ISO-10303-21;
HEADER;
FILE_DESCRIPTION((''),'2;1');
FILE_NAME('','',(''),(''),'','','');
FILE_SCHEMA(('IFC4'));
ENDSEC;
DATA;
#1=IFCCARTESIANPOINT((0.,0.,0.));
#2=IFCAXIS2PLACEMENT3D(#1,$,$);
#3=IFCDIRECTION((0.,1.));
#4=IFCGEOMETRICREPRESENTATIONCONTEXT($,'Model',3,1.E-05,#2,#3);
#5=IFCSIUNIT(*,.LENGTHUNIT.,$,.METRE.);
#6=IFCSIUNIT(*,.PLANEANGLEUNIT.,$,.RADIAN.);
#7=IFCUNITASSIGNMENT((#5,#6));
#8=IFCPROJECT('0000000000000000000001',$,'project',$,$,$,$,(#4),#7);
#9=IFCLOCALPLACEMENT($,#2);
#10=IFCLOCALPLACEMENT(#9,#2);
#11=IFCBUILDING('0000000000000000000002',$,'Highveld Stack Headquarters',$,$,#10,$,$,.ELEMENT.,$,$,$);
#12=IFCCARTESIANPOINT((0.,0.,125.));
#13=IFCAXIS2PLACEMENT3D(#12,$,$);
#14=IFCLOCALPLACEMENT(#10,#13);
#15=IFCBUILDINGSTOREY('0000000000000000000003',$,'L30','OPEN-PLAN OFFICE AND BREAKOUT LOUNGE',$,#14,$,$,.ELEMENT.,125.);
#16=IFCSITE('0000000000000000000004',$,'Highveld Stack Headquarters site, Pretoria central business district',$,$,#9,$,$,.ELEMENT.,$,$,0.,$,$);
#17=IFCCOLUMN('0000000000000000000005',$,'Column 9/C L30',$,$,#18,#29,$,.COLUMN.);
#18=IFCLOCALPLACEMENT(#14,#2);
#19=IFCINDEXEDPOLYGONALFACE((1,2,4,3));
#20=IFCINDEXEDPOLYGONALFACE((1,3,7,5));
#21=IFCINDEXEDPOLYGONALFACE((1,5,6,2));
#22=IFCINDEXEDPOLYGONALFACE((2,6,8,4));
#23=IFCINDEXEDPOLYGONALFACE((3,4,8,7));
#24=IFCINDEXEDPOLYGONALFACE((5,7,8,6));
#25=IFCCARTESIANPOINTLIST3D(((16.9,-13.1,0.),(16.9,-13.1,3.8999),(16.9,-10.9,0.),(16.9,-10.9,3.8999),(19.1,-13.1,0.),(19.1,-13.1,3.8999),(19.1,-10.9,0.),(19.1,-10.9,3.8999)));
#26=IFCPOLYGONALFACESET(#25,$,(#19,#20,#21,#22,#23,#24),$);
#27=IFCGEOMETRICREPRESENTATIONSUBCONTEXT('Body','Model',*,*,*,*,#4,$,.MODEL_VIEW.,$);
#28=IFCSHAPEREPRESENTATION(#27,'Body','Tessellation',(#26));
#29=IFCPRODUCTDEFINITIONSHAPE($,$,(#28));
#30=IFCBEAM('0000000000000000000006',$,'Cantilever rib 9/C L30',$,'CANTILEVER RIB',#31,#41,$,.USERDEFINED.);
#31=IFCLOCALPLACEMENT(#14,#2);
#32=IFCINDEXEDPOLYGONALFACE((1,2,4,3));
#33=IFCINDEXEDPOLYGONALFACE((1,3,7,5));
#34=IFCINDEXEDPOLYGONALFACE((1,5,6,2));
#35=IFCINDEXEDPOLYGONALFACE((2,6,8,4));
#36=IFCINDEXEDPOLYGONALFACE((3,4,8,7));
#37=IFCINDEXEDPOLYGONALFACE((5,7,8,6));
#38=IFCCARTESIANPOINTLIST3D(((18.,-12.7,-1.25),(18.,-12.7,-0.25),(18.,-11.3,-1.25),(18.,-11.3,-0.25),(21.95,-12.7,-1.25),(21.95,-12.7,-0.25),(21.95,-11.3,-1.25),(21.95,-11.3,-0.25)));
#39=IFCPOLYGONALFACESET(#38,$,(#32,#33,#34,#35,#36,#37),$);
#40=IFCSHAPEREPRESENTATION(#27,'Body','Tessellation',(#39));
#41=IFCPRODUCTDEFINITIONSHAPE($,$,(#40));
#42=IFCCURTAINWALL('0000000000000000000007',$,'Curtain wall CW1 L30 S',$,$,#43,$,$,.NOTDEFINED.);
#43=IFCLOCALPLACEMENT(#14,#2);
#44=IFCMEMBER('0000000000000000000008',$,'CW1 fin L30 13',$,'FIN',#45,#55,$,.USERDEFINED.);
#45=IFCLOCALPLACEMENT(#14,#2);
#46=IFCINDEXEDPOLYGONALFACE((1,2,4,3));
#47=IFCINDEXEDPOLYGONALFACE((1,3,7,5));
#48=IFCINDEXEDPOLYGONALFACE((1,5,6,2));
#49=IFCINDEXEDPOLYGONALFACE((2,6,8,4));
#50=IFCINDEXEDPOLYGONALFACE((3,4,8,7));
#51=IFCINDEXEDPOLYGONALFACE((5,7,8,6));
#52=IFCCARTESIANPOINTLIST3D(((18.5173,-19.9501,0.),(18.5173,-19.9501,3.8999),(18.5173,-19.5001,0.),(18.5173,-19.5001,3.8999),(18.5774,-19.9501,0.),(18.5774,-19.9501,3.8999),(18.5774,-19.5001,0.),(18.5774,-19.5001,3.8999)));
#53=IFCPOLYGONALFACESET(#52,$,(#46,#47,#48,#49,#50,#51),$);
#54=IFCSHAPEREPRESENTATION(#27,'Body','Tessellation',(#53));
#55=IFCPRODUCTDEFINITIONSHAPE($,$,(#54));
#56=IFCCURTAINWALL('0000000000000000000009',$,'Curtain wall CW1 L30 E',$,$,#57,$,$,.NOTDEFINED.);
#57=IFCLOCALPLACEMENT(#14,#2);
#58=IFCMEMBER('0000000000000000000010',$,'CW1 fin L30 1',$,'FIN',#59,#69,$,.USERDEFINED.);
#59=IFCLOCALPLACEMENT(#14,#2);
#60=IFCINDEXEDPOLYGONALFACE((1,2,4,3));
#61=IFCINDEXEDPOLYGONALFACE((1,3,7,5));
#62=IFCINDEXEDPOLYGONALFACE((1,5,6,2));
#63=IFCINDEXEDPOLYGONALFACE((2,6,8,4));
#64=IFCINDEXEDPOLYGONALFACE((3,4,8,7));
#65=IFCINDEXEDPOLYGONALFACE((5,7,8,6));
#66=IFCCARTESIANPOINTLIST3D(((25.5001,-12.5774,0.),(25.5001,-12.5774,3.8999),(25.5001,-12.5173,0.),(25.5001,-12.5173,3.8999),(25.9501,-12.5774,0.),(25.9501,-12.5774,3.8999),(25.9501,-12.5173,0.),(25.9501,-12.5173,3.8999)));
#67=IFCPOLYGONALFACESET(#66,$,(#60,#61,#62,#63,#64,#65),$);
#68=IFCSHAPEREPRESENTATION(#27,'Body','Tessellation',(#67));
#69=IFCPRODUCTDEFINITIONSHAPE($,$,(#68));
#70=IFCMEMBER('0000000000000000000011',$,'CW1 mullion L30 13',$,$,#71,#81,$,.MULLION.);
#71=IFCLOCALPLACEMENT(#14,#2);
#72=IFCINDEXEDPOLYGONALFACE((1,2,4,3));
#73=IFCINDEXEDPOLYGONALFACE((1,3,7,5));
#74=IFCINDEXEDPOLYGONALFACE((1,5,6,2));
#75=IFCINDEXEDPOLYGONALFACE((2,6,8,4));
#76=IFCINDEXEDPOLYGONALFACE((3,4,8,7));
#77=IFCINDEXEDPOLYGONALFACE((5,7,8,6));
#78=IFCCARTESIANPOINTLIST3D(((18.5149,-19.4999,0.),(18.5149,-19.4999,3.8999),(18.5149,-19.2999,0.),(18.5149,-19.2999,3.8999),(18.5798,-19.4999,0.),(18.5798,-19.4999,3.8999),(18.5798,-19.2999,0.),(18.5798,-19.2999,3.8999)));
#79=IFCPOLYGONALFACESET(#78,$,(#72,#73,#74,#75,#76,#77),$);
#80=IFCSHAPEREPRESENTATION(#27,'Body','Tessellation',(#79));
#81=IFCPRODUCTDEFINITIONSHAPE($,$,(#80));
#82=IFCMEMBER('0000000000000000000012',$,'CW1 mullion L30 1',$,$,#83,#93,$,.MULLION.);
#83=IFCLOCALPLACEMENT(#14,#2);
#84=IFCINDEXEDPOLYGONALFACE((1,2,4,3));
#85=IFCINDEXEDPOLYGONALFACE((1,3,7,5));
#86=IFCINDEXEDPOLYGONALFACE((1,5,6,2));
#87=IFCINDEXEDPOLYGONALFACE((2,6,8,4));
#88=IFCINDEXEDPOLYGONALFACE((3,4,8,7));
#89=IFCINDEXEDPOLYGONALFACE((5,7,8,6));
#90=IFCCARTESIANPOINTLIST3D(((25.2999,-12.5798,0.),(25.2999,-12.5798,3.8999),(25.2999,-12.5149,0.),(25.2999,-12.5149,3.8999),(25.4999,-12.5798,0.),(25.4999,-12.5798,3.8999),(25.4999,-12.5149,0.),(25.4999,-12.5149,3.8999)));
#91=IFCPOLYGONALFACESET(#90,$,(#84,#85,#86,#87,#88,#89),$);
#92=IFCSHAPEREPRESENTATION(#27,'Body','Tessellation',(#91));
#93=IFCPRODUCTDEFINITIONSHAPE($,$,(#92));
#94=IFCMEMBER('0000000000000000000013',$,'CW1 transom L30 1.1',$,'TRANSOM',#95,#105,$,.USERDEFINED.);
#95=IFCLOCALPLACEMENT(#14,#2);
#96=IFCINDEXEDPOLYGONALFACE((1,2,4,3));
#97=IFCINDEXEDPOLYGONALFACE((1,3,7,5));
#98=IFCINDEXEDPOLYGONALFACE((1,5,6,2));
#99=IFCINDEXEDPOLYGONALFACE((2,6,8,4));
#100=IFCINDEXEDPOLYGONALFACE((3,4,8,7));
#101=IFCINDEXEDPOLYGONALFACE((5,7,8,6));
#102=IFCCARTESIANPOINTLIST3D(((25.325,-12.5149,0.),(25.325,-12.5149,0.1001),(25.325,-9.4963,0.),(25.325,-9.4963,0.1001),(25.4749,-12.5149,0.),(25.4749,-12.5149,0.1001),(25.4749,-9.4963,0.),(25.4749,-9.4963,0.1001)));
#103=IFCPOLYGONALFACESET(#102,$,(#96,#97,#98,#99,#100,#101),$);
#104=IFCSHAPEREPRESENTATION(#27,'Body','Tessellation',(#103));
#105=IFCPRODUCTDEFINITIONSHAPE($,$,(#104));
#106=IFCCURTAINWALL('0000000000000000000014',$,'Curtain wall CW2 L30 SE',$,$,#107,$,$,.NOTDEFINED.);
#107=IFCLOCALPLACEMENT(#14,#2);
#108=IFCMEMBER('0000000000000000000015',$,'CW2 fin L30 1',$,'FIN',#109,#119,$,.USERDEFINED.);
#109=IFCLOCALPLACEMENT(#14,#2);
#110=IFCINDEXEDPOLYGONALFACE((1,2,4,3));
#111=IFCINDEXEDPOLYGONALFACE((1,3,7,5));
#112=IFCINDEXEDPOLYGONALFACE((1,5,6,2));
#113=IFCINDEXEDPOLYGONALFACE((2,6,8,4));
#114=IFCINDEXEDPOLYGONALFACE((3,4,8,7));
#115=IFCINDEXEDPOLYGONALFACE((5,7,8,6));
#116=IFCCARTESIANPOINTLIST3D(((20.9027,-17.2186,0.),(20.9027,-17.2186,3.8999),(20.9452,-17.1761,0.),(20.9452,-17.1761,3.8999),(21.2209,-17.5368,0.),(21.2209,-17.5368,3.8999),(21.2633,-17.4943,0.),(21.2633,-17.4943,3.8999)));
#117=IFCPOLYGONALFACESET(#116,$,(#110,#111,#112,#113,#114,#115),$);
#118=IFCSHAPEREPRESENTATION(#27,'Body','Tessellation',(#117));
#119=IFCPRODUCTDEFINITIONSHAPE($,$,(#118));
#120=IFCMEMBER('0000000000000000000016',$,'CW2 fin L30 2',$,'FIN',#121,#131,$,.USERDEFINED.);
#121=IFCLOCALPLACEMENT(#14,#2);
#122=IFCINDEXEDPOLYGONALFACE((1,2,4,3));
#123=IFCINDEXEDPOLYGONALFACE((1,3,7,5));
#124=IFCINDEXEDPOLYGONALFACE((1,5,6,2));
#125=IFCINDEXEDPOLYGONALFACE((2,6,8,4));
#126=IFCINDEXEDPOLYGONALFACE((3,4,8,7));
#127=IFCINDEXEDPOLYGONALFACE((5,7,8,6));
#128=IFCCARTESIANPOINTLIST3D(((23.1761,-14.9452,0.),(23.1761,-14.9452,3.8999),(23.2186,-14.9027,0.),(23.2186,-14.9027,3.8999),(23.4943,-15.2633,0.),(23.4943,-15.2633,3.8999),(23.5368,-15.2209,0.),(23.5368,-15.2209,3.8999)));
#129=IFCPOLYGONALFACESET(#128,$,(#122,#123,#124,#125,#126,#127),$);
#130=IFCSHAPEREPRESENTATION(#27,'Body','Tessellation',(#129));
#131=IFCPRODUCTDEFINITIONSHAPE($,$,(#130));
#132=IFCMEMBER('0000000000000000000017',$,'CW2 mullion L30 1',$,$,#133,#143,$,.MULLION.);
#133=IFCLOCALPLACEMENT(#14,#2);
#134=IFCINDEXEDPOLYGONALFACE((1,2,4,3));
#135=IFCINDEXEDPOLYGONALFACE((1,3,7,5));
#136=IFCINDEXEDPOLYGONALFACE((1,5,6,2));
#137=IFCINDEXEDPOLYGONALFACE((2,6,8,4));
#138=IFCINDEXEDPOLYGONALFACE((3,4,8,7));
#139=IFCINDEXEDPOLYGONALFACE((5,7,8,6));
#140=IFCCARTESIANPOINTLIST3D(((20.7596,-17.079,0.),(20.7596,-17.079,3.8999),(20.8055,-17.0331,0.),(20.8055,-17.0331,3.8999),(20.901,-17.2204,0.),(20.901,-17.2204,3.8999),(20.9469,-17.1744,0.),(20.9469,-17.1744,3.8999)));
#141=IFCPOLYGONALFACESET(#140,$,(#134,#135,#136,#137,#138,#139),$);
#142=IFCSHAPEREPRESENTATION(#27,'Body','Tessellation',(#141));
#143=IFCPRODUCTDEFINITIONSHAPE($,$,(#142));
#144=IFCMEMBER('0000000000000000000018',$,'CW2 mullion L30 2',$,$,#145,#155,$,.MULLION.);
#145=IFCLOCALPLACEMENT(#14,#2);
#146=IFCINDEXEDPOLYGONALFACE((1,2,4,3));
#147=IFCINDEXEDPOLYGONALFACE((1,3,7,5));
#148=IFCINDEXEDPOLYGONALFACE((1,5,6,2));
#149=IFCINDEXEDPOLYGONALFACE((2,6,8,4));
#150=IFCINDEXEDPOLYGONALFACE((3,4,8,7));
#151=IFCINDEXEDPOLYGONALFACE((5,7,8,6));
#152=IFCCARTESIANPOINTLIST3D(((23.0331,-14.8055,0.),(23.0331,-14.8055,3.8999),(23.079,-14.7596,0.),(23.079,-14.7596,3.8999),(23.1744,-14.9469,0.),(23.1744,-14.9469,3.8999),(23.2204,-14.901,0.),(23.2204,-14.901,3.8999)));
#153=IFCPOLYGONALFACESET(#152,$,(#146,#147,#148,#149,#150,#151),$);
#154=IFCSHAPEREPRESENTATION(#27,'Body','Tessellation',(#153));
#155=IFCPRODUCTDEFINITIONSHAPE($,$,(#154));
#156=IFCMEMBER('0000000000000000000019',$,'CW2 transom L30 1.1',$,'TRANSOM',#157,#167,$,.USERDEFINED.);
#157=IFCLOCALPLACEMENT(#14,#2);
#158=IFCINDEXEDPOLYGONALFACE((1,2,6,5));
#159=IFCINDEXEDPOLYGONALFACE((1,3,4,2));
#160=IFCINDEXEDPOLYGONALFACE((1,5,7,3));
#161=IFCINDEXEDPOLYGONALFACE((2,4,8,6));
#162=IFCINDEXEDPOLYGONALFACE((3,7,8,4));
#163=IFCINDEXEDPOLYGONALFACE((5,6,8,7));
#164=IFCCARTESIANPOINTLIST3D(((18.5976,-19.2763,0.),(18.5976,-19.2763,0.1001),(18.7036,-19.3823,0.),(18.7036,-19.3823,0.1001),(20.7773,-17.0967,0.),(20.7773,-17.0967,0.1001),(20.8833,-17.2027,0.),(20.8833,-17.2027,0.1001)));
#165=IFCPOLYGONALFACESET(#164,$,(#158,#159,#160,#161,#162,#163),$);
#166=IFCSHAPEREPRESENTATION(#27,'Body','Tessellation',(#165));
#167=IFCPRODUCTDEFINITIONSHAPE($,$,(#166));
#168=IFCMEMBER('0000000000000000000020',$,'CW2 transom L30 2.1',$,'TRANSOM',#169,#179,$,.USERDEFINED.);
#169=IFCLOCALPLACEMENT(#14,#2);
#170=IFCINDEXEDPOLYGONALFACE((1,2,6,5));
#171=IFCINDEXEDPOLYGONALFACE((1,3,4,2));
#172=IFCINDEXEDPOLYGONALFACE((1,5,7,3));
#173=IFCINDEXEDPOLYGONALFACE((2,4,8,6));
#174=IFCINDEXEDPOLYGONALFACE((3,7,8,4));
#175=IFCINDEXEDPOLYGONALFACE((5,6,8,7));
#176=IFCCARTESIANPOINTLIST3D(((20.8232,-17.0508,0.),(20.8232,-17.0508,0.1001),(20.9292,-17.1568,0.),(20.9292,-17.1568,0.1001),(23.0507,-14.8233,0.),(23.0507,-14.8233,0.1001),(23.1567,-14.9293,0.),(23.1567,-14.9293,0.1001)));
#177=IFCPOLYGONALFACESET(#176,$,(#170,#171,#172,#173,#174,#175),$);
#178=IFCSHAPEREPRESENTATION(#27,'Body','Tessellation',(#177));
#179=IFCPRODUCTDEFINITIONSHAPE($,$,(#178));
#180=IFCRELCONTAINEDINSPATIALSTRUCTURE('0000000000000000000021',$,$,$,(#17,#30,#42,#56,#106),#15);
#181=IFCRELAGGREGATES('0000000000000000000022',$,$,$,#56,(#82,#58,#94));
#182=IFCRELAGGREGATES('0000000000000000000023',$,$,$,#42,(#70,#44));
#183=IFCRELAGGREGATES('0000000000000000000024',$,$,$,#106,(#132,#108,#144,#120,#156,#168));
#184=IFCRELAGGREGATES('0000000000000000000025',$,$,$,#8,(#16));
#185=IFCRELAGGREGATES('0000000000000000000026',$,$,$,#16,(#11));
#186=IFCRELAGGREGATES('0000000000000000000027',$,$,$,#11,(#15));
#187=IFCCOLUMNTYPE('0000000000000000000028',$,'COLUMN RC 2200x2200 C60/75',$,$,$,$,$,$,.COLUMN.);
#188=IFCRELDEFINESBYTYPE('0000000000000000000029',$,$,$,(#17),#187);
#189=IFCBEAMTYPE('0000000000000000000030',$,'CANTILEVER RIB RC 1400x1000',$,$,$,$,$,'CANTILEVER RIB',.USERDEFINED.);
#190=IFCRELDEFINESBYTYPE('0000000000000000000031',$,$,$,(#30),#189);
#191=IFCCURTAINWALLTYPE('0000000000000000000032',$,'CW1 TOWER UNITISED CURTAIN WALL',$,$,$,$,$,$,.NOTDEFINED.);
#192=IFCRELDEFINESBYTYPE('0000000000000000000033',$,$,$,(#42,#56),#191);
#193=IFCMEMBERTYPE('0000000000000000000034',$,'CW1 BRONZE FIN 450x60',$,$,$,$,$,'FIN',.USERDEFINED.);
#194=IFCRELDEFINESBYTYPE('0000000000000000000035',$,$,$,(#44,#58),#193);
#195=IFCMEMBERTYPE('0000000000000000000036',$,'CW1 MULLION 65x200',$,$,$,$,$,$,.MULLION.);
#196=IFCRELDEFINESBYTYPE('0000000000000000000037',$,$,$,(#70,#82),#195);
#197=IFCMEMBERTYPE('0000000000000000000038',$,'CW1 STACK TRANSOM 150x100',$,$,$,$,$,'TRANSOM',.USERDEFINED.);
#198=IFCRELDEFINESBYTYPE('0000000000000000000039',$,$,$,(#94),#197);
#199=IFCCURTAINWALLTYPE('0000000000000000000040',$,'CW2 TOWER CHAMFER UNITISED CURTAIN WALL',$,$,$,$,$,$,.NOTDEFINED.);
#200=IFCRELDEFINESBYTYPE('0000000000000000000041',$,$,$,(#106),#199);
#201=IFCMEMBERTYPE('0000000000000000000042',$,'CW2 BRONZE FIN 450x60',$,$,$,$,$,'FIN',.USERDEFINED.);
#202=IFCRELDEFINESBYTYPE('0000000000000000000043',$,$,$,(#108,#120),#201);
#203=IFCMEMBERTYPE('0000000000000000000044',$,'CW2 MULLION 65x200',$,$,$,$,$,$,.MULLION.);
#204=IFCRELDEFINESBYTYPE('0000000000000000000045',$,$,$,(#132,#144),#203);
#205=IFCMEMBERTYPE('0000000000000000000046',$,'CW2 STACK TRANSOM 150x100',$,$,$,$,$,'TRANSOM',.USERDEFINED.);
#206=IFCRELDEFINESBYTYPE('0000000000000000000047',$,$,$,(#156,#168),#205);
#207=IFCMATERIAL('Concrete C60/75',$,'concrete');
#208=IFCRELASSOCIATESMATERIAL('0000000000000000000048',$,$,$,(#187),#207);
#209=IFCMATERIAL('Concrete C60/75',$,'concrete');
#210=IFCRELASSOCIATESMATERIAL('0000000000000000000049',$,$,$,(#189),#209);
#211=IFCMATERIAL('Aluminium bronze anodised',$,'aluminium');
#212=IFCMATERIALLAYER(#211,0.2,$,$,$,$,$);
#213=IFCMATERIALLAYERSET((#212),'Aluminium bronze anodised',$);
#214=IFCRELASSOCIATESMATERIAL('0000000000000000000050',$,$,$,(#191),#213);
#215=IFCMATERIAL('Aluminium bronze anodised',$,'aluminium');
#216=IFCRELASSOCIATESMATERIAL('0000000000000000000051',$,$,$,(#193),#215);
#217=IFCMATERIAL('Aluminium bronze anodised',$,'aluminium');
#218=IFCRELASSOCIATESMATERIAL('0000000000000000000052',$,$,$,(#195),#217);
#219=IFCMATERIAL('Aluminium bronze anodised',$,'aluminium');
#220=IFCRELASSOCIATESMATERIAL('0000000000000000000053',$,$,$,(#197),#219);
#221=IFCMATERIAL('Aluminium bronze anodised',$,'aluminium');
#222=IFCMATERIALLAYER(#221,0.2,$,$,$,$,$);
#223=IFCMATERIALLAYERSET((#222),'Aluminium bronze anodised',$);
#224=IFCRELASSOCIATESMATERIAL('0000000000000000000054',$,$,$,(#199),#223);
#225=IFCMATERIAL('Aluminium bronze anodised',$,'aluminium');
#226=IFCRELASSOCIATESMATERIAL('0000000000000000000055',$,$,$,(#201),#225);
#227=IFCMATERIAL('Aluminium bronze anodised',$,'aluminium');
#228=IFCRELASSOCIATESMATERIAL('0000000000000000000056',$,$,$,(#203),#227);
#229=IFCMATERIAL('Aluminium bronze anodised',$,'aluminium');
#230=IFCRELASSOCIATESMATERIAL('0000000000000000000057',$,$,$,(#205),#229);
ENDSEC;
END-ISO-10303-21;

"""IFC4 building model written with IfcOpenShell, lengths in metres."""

from ifc_helpers import new_model, si_unit, direction, frame, origin, origin_2d, place, context, subcontext, project, spatial, rectangle, extrude, material, layer, layer_set, material_profile, profile_set, type_object, element, aggregate, save


model = new_model("IFC4")

# Units and contexts
model_context = context("Model", 3, precision=1e-05, world=origin(), true_north=direction((0.0, 1.0)))
body_context = subcontext(model_context, "Body", "Model", "MODEL_VIEW")
ifc_project = project(units=[si_unit("LENGTHUNIT", "METRE"), si_unit("PLANEANGLEUNIT", "RADIAN")], contexts=[model_context])

# Site, building, storey
site_placement = place(None, origin())
site = spatial("IfcSite", under=ifc_project, at=site_placement, Name="Highveld Stack Headquarters site, Pretoria central business district", CompositionType="ELEMENT", RefElevation=0.0)
building_placement = place(site_placement, origin())
building = spatial("IfcBuilding", under=site, at=building_placement, Name="Highveld Stack Headquarters", CompositionType="ELEMENT")
storey_placement = place(building_placement, frame((0.0, 0.0, 125.0)))
storey = spatial("IfcBuildingStorey", under=building, at=storey_placement, Name="L30", Description="OPEN-PLAN OFFICE AND BREAKOUT LOUNGE", CompositionType="ELEMENT", Elevation=125.0)

# Column
ifc_material_1 = material(Name="Concrete C60/75", Category="concrete")
ifc_material_profile_1 = material_profile(ifc_material_1, rectangle(XDim=2.2, YDim=2.2, at=origin_2d()), Name="RC 2200x2200")
ifc_profile_set_1 = profile_set([ifc_material_profile_1], Name="Concrete C60/75")
column_type = type_object("IfcColumnType", Name="COLUMN RC 2200x2200 C60/75", PredefinedType="COLUMN", material=ifc_profile_set_1)
column_placement = place(storey_placement, frame((18.0, -12.0, 0.0), z_axis=(0.0, 0.0, 1.0), x_axis=(1.0, 0.0, 0.0)))
element("IfcColumn", 1, at=column_placement, inside=storey, type_object=column_type, Name="Column 9/C L30", PredefinedType="COLUMN", context=body_context, shape_type="SweptSolid", body=[
    extrude(rectangle(XDim=2.2, YDim=2.2, at=origin_2d()), origin(), (0.0, 0.0, 1.0), 3.8999),
])

# Beam
ifc_material_2 = material(Name="Concrete C60/75", Category="concrete")
ifc_material_profile_2 = material_profile(ifc_material_2, rectangle(XDim=1.3999, YDim=1.0, at=origin_2d()), Name="RC 1400x1000")
ifc_profile_set_2 = profile_set([ifc_material_profile_2], Name="Concrete C60/75")
beam_type = type_object("IfcBeamType", Name="CANTILEVER RIB RC 1400x1000", ElementType="CANTILEVER RIB", PredefinedType="USERDEFINED", material=ifc_profile_set_2)
beam_placement = place(storey_placement, frame((18.0, -12.0, -0.75), z_axis=(1.0, 0.0, 0.0), x_axis=(0.0, 1.0, 0.0)))
element("IfcBeam", 2, at=beam_placement, inside=storey, type_object=beam_type, Name="Cantilever rib 9/C L30", ObjectType="CANTILEVER RIB", PredefinedType="USERDEFINED", context=body_context, shape_type="SweptSolid", body=[
    extrude(rectangle(XDim=1.3999, YDim=1.0, at=origin_2d()), origin(), (0.0, 0.0, 1.0), 3.95),
])

# Curtain walls, members
ifc_material_3 = material(Name="Aluminium bronze anodised", Category="aluminium")
ifc_layer_1 = layer(ifc_material_3, 0.2)
ifc_layer_set_1 = layer_set([ifc_layer_1], Name="Aluminium bronze anodised")
curtain_wall_type_1 = type_object("IfcCurtainWallType", Name="CW1 TOWER UNITISED CURTAIN WALL", PredefinedType="NOTDEFINED", material=ifc_layer_set_1)
curtain_wall_1_placement = place(storey_placement, origin())
curtain_wall_1 = element("IfcCurtainWall", 3, at=curtain_wall_1_placement, inside=storey, type_object=curtain_wall_type_1, Name="Curtain wall CW1 L30 S", PredefinedType="NOTDEFINED")
ifc_material_4 = material(Name="Aluminium bronze anodised", Category="aluminium")
ifc_material_profile_3 = material_profile(ifc_material_4, rectangle(XDim=0.45, YDim=0.0601, at=origin_2d()), Name="FIN 450x60")
ifc_profile_set_3 = profile_set([ifc_material_profile_3], Name="Aluminium bronze anodised")
member_type_1 = type_object("IfcMemberType", Name="CW1 BRONZE FIN 450x60", ElementType="FIN", PredefinedType="USERDEFINED", material=ifc_profile_set_3)
member_1_placement = place(storey_placement, frame((18.5474, -19.7251, 0.0), z_axis=(0.0, 0.0, 1.0), x_axis=(0.0, 1.0, 0.0)))
member_1 = element("IfcMember", 4, at=member_1_placement, type_object=member_type_1, Name="CW1 fin L30 13", ObjectType="FIN", PredefinedType="USERDEFINED", context=body_context, shape_type="SweptSolid", body=[
    extrude(rectangle(XDim=0.45, YDim=0.0601, at=origin_2d()), origin(), (0.0, 0.0, 1.0), 3.8999),
])
curtain_wall_2_placement = place(storey_placement, origin())
curtain_wall_2 = element("IfcCurtainWall", 5, at=curtain_wall_2_placement, inside=storey, type_object=curtain_wall_type_1, Name="Curtain wall CW1 L30 E", PredefinedType="NOTDEFINED")
member_2_placement = place(storey_placement, frame((25.7251, -12.5474, 0.0), z_axis=(0.0, 0.0, 1.0), x_axis=(-1.0, 0.0, 0.0)))
member_2 = element("IfcMember", 6, at=member_2_placement, type_object=member_type_1, Name="CW1 fin L30 1", ObjectType="FIN", PredefinedType="USERDEFINED", context=body_context, shape_type="SweptSolid", body=[
    extrude(rectangle(XDim=0.45, YDim=0.0601, at=origin_2d()), origin(), (0.0, 0.0, 1.0), 3.8999),
])

# Members
ifc_material_5 = material(Name="Aluminium bronze anodised", Category="aluminium")
ifc_material_profile_4 = material_profile(ifc_material_5, rectangle(XDim=0.2, YDim=0.0649, at=origin_2d()), Name="CW1 MULLION 65x200")
ifc_profile_set_4 = profile_set([ifc_material_profile_4], Name="Aluminium bronze anodised")
member_type_2 = type_object("IfcMemberType", Name="CW1 MULLION 65x200", PredefinedType="MULLION", material=ifc_profile_set_4)
member_3_placement = place(storey_placement, frame((18.5474, -19.3999, 0.0), z_axis=(0.0, 0.0, 1.0), x_axis=(0.0, 1.0, 0.0)))
member_3 = element("IfcMember", 7, at=member_3_placement, type_object=member_type_2, Name="CW1 mullion L30 13", PredefinedType="MULLION", context=body_context, shape_type="SweptSolid", body=[
    extrude(rectangle(XDim=0.2, YDim=0.0649, at=origin_2d()), origin(), (0.0, 0.0, 1.0), 3.8999),
])
member_4_placement = place(storey_placement, frame((25.3999, -12.5474, 0.0), z_axis=(0.0, 0.0, 1.0), x_axis=(-1.0, 0.0, 0.0)))
member_4 = element("IfcMember", 8, at=member_4_placement, type_object=member_type_2, Name="CW1 mullion L30 1", PredefinedType="MULLION", context=body_context, shape_type="SweptSolid", body=[
    extrude(rectangle(XDim=0.2, YDim=0.0649, at=origin_2d()), origin(), (0.0, 0.0, 1.0), 3.8999),
])
ifc_material_6 = material(Name="Aluminium bronze anodised", Category="aluminium")
ifc_material_profile_5 = material_profile(ifc_material_6, rectangle(XDim=0.1499, YDim=0.1001, at=origin_2d()), Name="CW1 TRANSOM 150x100")
ifc_profile_set_5 = profile_set([ifc_material_profile_5], Name="Aluminium bronze anodised")
member_type_3 = type_object("IfcMemberType", Name="CW1 STACK TRANSOM 150x100", ElementType="TRANSOM", PredefinedType="USERDEFINED", material=ifc_profile_set_5)
member_5_placement = place(storey_placement, frame((25.3999, -12.5149, 0.05), z_axis=(0.0, 1.0, 0.0), x_axis=(-1.0, 0.0, 0.0)))
member_5 = element("IfcMember", 9, at=member_5_placement, type_object=member_type_3, Name="CW1 transom L30 1.1", ObjectType="TRANSOM", PredefinedType="USERDEFINED", context=body_context, shape_type="SweptSolid", body=[
    extrude(rectangle(XDim=0.1499, YDim=0.1001, at=origin_2d()), origin(), (0.0, 0.0, 1.0), 3.0186),
])
aggregate(curtain_wall_2, [member_4, member_2, member_5])

# Curtain wall, members
ifc_material_7 = material(Name="Aluminium bronze anodised", Category="aluminium")
ifc_layer_2 = layer(ifc_material_7, 0.2)
ifc_layer_set_2 = layer_set([ifc_layer_2], Name="Aluminium bronze anodised")
curtain_wall_type_2 = type_object("IfcCurtainWallType", Name="CW2 TOWER CHAMFER UNITISED CURTAIN WALL", PredefinedType="NOTDEFINED", material=ifc_layer_set_2)
curtain_wall_3_placement = place(storey_placement, origin())
curtain_wall_3 = element("IfcCurtainWall", 10, at=curtain_wall_3_placement, inside=storey, type_object=curtain_wall_type_2, Name="Curtain wall CW2 L30 SE", PredefinedType="NOTDEFINED")
ifc_material_8 = material(Name="Aluminium bronze anodised", Category="aluminium")
ifc_material_profile_6 = material_profile(ifc_material_8, rectangle(XDim=0.45, YDim=0.0601, at=origin_2d()), Name="FIN 450x60")
ifc_profile_set_6 = profile_set([ifc_material_profile_6], Name="Aluminium bronze anodised")
member_type_4 = type_object("IfcMemberType", Name="CW2 BRONZE FIN 450x60", ElementType="FIN", PredefinedType="USERDEFINED", material=ifc_profile_set_6)
member_6_placement = place(storey_placement, frame((21.083, -17.3564, 0.0), z_axis=(0.0, 0.0, 1.0), x_axis=(-0.707107, 0.707107, 0.0)))
member_6 = element("IfcMember", 11, at=member_6_placement, type_object=member_type_4, Name="CW2 fin L30 1", ObjectType="FIN", PredefinedType="USERDEFINED", context=body_context, shape_type="SweptSolid", body=[
    extrude(rectangle(XDim=0.45, YDim=0.0601, at=origin_2d()), origin(), (0.0, 0.0, 1.0), 3.8999),
])
member_7_placement = place(storey_placement, frame((23.3564, -15.083, 0.0), z_axis=(0.0, 0.0, 1.0), x_axis=(-0.707107, 0.707107, 0.0)))
member_7 = element("IfcMember", 12, at=member_7_placement, type_object=member_type_4, Name="CW2 fin L30 2", ObjectType="FIN", PredefinedType="USERDEFINED", context=body_context, shape_type="SweptSolid", body=[
    extrude(rectangle(XDim=0.45, YDim=0.0601, at=origin_2d()), origin(), (0.0, 0.0, 1.0), 3.8999),
])
ifc_material_9 = material(Name="Aluminium bronze anodised", Category="aluminium")
ifc_material_profile_7 = material_profile(ifc_material_9, rectangle(XDim=0.2, YDim=0.0649, at=origin_2d()), Name="CW2 MULLION 65x200")
ifc_profile_set_7 = profile_set([ifc_material_profile_7], Name="Aluminium bronze anodised")
member_type_5 = type_object("IfcMemberType", Name="CW2 MULLION 65x200", PredefinedType="MULLION", material=ifc_profile_set_7)
member_8_placement = place(storey_placement, frame((20.8533, -17.1267, 0.0), z_axis=(0.0, 0.0, 1.0), x_axis=(-0.707107, 0.707107, 0.0)))
member_8 = element("IfcMember", 13, at=member_8_placement, type_object=member_type_5, Name="CW2 mullion L30 1", PredefinedType="MULLION", context=body_context, shape_type="SweptSolid", body=[
    extrude(rectangle(XDim=0.2, YDim=0.0649, at=origin_2d()), origin(), (0.0, 0.0, 1.0), 3.8999),
])
member_9_placement = place(storey_placement, frame((23.1267, -14.8533, 0.0), z_axis=(0.0, 0.0, 1.0), x_axis=(-0.707107, 0.707107, 0.0)))
member_9 = element("IfcMember", 14, at=member_9_placement, type_object=member_type_5, Name="CW2 mullion L30 2", PredefinedType="MULLION", context=body_context, shape_type="SweptSolid", body=[
    extrude(rectangle(XDim=0.2, YDim=0.0649, at=origin_2d()), origin(), (0.0, 0.0, 1.0), 3.8999),
])
ifc_material_10 = material(Name="Aluminium bronze anodised", Category="aluminium")
ifc_material_profile_8 = material_profile(ifc_material_10, rectangle(XDim=0.1499, YDim=0.1001, at=origin_2d()), Name="CW2 TRANSOM 150x100")
ifc_profile_set_8 = profile_set([ifc_material_profile_8], Name="Aluminium bronze anodised")
member_type_6 = type_object("IfcMemberType", Name="CW2 STACK TRANSOM 150x100", ElementType="TRANSOM", PredefinedType="USERDEFINED", material=ifc_profile_set_8)
member_10_placement = place(storey_placement, frame((18.6506, -19.3293, 0.05), z_axis=(0.707107, 0.707107, 0.0), x_axis=(-0.707107, 0.707107, 0.0)))
member_10 = element("IfcMember", 15, at=member_10_placement, type_object=member_type_6, Name="CW2 transom L30 1.1", ObjectType="TRANSOM", PredefinedType="USERDEFINED", context=body_context, shape_type="SweptSolid", body=[
    extrude(rectangle(XDim=0.1499, YDim=0.1001, at=origin_2d()), origin(), (0.0, 0.0, 1.0), 3.0825),
])
member_11_placement = place(storey_placement, frame((20.8762, -17.1038, 0.05), z_axis=(0.707107, 0.707107, 0.0), x_axis=(-0.707107, 0.707107, 0.0)))
member_11 = element("IfcMember", 16, at=member_11_placement, type_object=member_type_6, Name="CW2 transom L30 2.1", ObjectType="TRANSOM", PredefinedType="USERDEFINED", context=body_context, shape_type="SweptSolid", body=[
    extrude(rectangle(XDim=0.1499, YDim=0.1001, at=origin_2d()), origin(), (0.0, 0.0, 1.0), 3.1501),
])

aggregate(curtain_wall_1, [member_3, member_1])
aggregate(curtain_wall_3, [member_8, member_6, member_9, member_7, member_10, member_11])

save(model, "model.ifc")
